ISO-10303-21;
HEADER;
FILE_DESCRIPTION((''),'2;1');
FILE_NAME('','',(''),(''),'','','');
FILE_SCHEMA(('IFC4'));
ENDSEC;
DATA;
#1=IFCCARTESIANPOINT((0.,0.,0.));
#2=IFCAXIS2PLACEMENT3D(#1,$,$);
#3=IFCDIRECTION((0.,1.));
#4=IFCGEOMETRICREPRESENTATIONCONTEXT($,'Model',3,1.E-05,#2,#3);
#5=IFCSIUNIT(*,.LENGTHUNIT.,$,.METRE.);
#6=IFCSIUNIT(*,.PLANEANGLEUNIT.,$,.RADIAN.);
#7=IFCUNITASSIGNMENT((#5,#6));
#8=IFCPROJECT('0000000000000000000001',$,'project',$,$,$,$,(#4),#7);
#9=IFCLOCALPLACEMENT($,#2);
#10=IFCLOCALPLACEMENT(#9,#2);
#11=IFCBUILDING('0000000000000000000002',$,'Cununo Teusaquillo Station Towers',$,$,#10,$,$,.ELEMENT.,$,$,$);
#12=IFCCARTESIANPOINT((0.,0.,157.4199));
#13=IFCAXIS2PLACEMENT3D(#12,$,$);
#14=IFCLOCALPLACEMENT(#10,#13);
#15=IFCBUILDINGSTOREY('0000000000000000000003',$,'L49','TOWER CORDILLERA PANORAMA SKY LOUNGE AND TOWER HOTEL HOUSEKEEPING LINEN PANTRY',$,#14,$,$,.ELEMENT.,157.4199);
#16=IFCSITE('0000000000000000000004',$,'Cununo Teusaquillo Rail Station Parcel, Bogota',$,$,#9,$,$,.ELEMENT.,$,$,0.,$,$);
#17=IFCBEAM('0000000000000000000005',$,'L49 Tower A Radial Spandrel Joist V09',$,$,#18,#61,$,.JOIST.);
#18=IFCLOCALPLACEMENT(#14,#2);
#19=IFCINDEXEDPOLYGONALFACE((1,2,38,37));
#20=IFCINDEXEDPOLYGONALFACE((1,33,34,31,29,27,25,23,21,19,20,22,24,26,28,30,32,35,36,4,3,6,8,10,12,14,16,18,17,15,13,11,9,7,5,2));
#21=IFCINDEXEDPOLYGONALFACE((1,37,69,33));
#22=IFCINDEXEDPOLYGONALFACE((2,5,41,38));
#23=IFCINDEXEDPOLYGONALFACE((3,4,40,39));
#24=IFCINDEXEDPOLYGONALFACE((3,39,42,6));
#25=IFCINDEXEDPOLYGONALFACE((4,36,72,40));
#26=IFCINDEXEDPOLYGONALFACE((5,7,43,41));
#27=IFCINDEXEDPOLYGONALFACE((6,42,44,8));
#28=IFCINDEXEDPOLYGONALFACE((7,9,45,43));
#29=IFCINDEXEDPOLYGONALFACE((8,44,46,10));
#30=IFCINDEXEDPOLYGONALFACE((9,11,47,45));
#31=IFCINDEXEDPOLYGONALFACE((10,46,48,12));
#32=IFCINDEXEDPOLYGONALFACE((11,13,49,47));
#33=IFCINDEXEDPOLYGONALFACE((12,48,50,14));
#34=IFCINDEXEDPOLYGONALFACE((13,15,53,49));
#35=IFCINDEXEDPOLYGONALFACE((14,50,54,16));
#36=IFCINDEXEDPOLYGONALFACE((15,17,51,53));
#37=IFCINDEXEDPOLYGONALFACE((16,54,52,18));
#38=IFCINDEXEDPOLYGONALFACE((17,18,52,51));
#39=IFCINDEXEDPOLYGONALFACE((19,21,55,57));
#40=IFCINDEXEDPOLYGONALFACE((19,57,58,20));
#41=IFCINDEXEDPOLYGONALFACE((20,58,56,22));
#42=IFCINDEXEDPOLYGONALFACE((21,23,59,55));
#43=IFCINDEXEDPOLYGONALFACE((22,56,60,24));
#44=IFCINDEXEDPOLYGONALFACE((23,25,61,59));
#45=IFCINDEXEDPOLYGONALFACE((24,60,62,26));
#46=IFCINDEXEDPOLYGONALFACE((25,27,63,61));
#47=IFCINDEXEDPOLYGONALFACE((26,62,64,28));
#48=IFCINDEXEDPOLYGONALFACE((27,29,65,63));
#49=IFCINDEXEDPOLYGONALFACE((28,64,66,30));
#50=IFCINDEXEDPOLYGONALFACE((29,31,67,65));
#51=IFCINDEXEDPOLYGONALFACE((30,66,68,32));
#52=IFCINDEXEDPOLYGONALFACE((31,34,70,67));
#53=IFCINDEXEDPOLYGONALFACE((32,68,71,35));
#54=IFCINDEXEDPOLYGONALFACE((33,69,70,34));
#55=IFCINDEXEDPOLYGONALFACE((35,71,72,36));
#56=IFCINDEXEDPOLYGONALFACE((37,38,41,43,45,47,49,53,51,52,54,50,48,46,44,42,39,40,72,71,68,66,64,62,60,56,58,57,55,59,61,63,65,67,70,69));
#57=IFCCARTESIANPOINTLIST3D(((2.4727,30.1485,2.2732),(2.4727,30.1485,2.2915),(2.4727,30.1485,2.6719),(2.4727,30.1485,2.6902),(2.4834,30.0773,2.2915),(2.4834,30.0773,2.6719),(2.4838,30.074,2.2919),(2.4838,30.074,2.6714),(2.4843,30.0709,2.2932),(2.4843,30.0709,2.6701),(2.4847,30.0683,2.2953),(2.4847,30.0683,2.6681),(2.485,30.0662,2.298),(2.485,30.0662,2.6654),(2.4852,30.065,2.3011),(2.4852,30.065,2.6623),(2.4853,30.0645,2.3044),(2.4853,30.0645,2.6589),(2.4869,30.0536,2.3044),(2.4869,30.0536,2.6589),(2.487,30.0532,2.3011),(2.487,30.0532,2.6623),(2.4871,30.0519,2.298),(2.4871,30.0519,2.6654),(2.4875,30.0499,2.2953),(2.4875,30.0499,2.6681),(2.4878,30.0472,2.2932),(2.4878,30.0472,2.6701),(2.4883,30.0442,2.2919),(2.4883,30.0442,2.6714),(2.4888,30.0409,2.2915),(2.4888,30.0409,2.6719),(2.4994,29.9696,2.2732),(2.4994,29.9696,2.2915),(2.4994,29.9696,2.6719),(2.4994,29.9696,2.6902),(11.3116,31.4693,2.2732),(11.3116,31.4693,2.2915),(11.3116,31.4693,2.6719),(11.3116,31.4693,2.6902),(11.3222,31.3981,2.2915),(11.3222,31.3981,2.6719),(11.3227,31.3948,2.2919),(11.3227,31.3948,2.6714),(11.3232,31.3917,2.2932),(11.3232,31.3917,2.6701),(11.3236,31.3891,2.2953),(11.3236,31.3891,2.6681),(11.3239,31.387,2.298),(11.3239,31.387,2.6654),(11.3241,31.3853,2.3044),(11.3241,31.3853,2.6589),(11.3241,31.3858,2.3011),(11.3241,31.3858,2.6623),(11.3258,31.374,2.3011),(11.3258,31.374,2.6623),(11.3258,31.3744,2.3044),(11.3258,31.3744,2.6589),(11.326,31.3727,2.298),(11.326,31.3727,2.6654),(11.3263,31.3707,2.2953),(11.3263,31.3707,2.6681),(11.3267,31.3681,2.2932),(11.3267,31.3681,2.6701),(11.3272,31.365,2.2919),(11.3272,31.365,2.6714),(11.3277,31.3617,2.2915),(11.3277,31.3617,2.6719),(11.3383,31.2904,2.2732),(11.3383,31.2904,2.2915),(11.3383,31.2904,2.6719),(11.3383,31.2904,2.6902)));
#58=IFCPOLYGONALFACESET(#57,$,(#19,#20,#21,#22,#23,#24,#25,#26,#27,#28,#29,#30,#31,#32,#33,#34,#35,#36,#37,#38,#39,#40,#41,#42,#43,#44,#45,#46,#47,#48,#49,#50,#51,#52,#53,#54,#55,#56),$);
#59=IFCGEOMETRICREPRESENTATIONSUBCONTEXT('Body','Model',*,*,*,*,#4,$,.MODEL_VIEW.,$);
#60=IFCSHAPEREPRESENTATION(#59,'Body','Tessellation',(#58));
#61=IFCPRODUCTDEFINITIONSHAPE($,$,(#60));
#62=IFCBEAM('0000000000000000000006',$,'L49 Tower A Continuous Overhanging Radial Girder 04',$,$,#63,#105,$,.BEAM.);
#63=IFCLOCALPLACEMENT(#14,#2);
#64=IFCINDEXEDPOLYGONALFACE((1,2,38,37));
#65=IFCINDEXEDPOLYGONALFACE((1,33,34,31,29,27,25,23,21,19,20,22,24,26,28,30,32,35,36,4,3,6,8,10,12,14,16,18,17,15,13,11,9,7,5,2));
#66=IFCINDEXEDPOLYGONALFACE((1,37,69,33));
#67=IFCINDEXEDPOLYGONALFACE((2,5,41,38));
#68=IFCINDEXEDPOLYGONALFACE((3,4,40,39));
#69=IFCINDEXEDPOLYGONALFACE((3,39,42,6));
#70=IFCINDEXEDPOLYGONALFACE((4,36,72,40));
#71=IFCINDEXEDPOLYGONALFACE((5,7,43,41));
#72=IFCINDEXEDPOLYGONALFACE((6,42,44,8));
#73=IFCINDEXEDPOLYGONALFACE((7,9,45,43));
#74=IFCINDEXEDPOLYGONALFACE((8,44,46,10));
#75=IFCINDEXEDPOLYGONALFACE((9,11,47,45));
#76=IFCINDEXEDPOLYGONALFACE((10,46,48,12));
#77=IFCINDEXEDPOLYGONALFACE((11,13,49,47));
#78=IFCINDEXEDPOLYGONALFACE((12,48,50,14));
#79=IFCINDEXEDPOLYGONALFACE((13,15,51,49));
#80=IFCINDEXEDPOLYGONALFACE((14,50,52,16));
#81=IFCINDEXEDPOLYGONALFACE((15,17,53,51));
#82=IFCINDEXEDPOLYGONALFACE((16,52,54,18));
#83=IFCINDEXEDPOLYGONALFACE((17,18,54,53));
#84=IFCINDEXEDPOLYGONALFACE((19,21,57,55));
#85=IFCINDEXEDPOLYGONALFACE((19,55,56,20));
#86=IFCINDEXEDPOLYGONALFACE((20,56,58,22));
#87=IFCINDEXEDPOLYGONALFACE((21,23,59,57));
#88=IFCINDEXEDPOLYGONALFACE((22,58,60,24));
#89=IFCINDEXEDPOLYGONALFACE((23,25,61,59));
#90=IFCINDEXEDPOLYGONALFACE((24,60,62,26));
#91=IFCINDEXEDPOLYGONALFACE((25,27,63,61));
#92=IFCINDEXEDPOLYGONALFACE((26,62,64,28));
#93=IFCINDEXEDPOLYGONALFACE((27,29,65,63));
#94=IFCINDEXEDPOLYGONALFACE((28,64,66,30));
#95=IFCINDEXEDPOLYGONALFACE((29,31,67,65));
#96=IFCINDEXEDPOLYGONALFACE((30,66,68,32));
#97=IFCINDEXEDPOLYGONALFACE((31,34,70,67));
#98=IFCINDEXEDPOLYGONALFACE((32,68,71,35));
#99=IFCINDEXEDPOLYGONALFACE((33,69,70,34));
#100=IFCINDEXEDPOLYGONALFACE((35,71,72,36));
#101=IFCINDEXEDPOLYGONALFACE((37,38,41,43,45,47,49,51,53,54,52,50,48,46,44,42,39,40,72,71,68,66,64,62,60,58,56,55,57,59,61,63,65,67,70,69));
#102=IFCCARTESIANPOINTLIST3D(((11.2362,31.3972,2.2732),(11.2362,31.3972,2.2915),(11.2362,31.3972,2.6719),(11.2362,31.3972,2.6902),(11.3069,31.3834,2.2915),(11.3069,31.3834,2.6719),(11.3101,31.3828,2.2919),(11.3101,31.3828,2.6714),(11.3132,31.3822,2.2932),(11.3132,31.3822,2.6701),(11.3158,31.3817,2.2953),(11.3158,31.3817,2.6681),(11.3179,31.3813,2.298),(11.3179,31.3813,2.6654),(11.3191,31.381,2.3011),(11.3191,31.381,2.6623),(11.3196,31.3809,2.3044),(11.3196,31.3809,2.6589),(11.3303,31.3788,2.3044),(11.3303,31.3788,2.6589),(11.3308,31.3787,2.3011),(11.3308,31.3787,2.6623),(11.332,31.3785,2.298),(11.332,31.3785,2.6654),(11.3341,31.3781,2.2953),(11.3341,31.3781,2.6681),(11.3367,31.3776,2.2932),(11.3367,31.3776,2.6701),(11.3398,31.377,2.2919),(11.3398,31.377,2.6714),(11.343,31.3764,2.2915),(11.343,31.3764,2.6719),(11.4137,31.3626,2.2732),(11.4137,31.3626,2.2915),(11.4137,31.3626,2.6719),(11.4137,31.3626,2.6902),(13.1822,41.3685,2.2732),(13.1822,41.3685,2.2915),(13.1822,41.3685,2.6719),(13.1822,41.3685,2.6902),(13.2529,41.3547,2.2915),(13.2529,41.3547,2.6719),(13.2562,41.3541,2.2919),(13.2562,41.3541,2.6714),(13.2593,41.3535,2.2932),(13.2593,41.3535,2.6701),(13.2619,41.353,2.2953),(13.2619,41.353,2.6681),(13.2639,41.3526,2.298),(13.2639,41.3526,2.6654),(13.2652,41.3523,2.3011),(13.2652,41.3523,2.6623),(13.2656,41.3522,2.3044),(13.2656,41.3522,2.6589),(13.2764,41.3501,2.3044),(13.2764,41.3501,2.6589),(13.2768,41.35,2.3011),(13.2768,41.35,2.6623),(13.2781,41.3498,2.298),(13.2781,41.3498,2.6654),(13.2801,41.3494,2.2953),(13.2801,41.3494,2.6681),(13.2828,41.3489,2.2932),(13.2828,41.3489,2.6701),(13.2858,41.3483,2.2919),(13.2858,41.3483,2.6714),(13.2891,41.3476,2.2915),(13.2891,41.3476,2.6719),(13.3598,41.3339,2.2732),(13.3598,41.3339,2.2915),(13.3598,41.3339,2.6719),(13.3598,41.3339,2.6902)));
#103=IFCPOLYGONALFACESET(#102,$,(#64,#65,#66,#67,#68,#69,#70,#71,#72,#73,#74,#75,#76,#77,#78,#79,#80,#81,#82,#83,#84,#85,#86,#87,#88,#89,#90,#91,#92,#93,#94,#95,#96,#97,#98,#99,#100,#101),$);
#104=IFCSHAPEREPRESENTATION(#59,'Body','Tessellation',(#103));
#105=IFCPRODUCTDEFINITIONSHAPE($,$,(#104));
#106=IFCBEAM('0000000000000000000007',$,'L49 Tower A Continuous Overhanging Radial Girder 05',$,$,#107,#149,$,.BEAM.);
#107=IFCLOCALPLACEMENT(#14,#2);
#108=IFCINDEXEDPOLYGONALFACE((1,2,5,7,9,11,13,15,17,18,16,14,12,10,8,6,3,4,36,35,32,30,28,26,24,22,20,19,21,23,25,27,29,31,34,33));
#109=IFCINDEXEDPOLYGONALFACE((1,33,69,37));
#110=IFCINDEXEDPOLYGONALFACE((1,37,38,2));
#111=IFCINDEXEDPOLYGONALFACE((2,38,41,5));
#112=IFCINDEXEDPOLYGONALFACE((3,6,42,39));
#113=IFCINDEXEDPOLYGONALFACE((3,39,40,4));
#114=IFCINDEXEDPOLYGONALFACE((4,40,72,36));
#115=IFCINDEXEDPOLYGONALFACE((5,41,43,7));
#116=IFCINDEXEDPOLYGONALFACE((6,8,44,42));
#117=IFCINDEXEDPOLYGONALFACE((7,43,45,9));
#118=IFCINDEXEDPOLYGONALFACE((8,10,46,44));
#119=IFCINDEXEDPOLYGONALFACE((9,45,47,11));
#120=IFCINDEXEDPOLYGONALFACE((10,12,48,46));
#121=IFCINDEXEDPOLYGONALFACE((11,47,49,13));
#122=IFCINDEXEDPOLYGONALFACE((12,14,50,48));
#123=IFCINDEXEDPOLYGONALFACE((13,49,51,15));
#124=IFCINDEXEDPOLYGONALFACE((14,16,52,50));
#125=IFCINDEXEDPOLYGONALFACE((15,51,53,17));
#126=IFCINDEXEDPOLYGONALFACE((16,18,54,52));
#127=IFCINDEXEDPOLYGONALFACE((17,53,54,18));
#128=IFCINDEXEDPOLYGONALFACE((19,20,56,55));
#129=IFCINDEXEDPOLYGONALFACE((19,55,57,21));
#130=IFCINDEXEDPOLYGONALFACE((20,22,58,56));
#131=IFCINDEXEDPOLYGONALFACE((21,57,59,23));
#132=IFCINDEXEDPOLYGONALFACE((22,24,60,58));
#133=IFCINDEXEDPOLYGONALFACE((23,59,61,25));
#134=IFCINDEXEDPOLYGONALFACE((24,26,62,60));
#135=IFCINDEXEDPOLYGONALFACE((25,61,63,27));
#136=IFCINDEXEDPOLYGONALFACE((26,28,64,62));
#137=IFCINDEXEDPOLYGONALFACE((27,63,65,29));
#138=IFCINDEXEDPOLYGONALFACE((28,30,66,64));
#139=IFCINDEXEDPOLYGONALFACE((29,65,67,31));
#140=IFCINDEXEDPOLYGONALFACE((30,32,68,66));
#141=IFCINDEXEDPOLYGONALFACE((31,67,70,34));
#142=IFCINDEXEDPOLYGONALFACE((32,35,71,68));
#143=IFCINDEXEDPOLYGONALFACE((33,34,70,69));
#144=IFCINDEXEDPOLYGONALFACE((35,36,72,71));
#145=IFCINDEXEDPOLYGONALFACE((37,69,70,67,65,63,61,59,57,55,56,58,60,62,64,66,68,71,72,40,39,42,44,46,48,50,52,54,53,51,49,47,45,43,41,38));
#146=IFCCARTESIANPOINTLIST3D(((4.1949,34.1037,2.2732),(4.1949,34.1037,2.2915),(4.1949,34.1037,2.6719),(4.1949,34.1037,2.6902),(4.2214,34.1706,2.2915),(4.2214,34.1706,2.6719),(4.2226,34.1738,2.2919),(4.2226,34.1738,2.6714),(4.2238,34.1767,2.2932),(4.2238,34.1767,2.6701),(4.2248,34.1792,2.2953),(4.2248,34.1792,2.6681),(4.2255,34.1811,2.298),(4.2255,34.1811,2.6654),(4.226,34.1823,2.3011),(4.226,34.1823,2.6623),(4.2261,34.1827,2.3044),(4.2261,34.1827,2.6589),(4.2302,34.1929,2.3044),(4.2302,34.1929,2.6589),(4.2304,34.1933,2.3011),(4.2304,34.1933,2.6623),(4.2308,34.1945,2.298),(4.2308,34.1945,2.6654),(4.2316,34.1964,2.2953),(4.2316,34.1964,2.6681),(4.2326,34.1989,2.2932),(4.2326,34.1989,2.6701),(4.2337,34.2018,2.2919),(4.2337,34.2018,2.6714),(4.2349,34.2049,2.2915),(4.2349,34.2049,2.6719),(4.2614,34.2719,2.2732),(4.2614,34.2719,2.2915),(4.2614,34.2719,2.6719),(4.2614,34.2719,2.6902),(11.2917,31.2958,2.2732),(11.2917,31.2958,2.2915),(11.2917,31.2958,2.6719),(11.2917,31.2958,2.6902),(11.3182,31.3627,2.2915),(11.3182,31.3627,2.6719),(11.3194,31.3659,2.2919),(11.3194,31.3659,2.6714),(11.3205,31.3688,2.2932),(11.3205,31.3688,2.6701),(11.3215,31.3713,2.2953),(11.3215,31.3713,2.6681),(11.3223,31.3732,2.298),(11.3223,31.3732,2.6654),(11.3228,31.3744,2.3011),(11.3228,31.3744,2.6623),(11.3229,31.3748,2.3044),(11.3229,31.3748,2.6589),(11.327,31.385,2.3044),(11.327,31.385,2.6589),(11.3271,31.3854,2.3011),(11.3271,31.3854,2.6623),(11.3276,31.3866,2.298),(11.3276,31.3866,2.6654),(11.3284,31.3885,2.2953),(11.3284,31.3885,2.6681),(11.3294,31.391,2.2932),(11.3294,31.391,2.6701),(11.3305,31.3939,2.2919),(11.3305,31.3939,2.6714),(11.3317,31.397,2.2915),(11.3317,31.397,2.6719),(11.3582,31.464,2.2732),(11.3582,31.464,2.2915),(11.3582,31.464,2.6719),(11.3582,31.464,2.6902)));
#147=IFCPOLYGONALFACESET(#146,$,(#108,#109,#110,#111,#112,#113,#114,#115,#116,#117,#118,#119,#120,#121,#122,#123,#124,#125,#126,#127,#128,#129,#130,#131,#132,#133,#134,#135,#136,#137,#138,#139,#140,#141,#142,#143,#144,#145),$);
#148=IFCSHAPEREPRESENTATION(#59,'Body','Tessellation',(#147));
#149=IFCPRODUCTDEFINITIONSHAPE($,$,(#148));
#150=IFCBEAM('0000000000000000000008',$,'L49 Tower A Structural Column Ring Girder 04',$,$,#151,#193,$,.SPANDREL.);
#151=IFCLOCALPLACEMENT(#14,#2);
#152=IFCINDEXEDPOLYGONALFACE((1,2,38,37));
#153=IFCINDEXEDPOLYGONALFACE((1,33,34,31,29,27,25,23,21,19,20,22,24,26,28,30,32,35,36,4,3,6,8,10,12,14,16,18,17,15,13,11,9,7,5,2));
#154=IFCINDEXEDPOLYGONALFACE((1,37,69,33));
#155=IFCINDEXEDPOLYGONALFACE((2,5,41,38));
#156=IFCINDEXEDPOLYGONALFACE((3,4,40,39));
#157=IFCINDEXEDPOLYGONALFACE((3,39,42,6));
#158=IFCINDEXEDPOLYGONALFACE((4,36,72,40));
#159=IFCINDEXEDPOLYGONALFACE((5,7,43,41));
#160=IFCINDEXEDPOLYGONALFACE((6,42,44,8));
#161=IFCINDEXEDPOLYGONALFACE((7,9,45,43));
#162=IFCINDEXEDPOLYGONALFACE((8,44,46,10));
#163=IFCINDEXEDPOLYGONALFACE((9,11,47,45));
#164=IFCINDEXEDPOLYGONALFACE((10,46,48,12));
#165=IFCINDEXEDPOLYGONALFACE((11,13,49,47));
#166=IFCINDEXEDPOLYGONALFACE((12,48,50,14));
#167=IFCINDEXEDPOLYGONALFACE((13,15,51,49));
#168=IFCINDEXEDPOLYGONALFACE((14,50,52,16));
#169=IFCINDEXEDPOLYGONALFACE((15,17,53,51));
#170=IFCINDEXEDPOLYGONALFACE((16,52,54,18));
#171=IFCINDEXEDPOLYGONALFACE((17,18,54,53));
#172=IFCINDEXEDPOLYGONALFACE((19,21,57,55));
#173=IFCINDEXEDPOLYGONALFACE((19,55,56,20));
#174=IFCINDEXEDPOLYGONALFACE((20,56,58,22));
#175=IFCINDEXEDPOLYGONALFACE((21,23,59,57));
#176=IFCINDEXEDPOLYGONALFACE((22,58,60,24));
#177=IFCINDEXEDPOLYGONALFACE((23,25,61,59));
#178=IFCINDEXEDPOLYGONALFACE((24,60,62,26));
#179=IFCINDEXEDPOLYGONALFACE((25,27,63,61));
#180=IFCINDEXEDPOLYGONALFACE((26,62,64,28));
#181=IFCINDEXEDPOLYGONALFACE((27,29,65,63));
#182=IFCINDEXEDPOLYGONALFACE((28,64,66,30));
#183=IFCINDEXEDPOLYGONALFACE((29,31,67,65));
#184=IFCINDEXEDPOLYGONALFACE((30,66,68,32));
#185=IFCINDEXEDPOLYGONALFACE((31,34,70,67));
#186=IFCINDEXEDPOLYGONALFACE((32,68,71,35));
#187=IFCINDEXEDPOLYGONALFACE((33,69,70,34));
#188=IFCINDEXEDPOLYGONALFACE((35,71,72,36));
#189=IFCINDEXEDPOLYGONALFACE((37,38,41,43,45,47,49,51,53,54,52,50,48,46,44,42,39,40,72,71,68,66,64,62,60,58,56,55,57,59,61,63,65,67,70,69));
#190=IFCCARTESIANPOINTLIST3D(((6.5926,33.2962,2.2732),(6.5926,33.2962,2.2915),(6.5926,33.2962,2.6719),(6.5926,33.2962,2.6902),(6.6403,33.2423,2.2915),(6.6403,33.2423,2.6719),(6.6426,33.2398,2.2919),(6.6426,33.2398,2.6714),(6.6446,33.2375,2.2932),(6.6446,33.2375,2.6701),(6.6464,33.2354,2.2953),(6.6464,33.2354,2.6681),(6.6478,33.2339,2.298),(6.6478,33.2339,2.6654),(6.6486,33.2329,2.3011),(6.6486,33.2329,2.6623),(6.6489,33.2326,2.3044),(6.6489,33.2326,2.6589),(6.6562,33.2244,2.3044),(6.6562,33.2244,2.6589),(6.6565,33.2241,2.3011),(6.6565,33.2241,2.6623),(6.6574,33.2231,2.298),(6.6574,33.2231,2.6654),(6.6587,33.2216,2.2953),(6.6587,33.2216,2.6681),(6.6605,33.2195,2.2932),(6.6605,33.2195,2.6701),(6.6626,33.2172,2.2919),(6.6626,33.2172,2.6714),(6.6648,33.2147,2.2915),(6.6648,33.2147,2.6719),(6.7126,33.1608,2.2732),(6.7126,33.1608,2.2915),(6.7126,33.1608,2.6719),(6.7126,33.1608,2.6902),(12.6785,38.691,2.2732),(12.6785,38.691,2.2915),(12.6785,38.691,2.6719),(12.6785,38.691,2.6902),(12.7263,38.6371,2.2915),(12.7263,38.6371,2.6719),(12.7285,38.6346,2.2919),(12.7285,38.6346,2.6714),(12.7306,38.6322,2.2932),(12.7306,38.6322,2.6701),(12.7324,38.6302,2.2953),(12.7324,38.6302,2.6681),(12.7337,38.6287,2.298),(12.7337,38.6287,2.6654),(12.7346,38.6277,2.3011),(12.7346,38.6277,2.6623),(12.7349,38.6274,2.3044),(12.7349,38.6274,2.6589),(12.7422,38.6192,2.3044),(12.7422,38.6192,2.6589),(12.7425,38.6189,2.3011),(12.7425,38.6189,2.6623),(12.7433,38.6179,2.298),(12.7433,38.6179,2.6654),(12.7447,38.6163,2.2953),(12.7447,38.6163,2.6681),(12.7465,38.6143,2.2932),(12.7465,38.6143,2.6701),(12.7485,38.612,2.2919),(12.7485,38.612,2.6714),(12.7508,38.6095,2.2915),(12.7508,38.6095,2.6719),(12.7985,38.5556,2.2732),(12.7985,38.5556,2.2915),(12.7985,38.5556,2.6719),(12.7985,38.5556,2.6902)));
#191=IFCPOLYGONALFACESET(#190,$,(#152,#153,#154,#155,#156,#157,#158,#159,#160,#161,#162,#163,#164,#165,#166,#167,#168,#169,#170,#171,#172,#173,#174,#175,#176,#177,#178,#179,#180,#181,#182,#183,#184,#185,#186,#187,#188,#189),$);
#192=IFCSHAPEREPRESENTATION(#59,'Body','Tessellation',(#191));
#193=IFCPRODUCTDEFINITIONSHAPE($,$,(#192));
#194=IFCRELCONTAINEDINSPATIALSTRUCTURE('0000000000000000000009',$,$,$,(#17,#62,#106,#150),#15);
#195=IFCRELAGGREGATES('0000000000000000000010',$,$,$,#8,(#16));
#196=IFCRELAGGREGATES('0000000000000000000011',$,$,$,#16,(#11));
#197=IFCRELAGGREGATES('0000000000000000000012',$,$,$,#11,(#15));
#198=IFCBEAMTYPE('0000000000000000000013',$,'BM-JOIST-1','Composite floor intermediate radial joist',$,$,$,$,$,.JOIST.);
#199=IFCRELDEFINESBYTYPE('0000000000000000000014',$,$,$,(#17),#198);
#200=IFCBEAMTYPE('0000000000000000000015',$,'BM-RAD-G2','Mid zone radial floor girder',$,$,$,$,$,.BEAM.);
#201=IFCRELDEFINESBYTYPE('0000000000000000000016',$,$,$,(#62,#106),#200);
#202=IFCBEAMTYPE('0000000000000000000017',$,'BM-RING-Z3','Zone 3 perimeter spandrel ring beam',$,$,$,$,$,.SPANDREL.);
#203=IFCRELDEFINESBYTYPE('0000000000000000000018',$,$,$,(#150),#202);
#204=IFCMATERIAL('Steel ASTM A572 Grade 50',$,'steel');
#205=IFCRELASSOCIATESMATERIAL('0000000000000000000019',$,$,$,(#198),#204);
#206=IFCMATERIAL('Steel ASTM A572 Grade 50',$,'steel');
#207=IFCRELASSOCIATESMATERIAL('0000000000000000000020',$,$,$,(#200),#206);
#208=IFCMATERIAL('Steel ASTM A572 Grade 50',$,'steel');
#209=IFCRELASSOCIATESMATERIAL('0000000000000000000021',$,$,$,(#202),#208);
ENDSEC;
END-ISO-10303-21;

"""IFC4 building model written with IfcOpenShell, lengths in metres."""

from ifc_helpers import new_model, si_unit, direction, frame, origin, origin_2d, place, context, subcontext, project, spatial, i_section, extrude, material, material_profile, profile_set, type_object, element, save


model = new_model("IFC4")

# Units and contexts
model_context = context("Model", 3, precision=1e-05, world=origin(), true_north=direction((0.0, 1.0)))
body_context = subcontext(model_context, "Body", "Model", "MODEL_VIEW")
ifc_project = project(units=[si_unit("LENGTHUNIT", "METRE"), si_unit("PLANEANGLEUNIT", "RADIAN")], contexts=[model_context])

# Site, building, storey
site_placement = place(None, origin())
site = spatial("IfcSite", under=ifc_project, at=site_placement, Name="Cununo Teusaquillo Rail Station Parcel, Bogota", CompositionType="ELEMENT", RefElevation=0.0)
building_placement = place(site_placement, origin())
building = spatial("IfcBuilding", under=site, at=building_placement, Name="Cununo Teusaquillo Station Towers", CompositionType="ELEMENT")
storey_placement = place(building_placement, frame((0.0, 0.0, 157.4199)))
storey = spatial("IfcBuildingStorey", under=building, at=storey_placement, Name="L49", Description="TOWER CORDILLERA PANORAMA SKY LOUNGE AND TOWER HOTEL HOUSEKEEPING LINEN PANTRY", CompositionType="ELEMENT", Elevation=157.4199)

# Beams
ifc_material_1 = material(Name="Steel ASTM A572 Grade 50", Category="steel")
ifc_material_profile_1 = material_profile(ifc_material_1, i_section(OverallWidth=0.1809, OverallDepth=0.417, WebThickness=0.011, FlangeThickness=0.0183, FilletRadius=0.0129, at=origin_2d()), Name="W16X57")
ifc_profile_set_1 = profile_set([ifc_material_profile_1], Name="Steel ASTM A572 Grade 50")
beam_type_1 = type_object("IfcBeamType", Name="BM-JOIST-1", Description="Composite floor intermediate radial joist", PredefinedType="JOIST", material=ifc_profile_set_1)
beam_1_placement = place(storey_placement, frame((11.325, 31.3799, 2.4817), z_axis=(-0.989019, -0.14779, 0.0), x_axis=(0.14779, -0.989019, 0.0)))
element("IfcBeam", 1, at=beam_1_placement, inside=storey, type_object=beam_type_1, Name="L49 Tower A Radial Spandrel Joist V09", PredefinedType="JOIST", context=body_context, shape_type="SweptSolid", body=[
    extrude(i_section(OverallWidth=0.1809, OverallDepth=0.417, WebThickness=0.011, FlangeThickness=0.0183, FilletRadius=0.0129, at=origin_2d()), origin(), (0.0, 0.0, 1.0), 8.937),
])
ifc_material_2 = material(Name="Steel ASTM A572 Grade 50", Category="steel")
ifc_material_profile_2 = material_profile(ifc_material_2, i_section(OverallWidth=0.1809, OverallDepth=0.417, WebThickness=0.011, FlangeThickness=0.0183, FilletRadius=0.0129, at=origin_2d()), Name="W16X57")
ifc_profile_set_2 = profile_set([ifc_material_profile_2], Name="Steel ASTM A572 Grade 50")
beam_type_2 = type_object("IfcBeamType", Name="BM-RAD-G2", Description="Mid zone radial floor girder", PredefinedType="BEAM", material=ifc_profile_set_2)
beam_2_placement = place(storey_placement, frame((11.325, 31.3799, 2.4817), z_axis=(0.191553, 0.981482, 0.0), x_axis=(-0.981482, 0.191553, 0.0)))
element("IfcBeam", 2, at=beam_2_placement, inside=storey, type_object=beam_type_2, Name="L49 Tower A Continuous Overhanging Radial Girder 04", PredefinedType="BEAM", context=body_context, shape_type="SweptSolid", body=[
    extrude(i_section(OverallWidth=0.1809, OverallDepth=0.417, WebThickness=0.011, FlangeThickness=0.0183, FilletRadius=0.0129, at=origin_2d()), origin(), (0.0, 0.0, 1.0), 10.1594),
])
beam_3_placement = place(storey_placement, frame((11.325, 31.3799, 2.4817), z_axis=(-0.929862, 0.367908, 0.0), x_axis=(-0.367908, -0.929862, 0.0)))
element("IfcBeam", 3, at=beam_3_placement, inside=storey, type_object=beam_type_2, Name="L49 Tower A Continuous Overhanging Radial Girder 05", PredefinedType="BEAM", context=body_context, shape_type="SweptSolid", body=[
    extrude(i_section(OverallWidth=0.1809, OverallDepth=0.417, WebThickness=0.011, FlangeThickness=0.0183, FilletRadius=0.0129, at=origin_2d()), origin(), (0.0, 0.0, 1.0), 7.6321),
])
ifc_material_3 = material(Name="Steel ASTM A572 Grade 50", Category="steel")
ifc_material_profile_3 = material_profile(ifc_material_3, i_section(OverallWidth=0.1809, OverallDepth=0.417, WebThickness=0.011, FlangeThickness=0.0183, FilletRadius=0.0129, at=origin_2d()), Name="W16X57")
ifc_profile_set_3 = profile_set([ifc_material_profile_3], Name="Steel ASTM A572 Grade 50")
beam_type_3 = type_object("IfcBeamType", Name="BM-RING-Z3", Description="Zone 3 perimeter spandrel ring beam", PredefinedType="SPANDREL", material=ifc_profile_set_3)
beam_4_placement = place(storey_placement, frame((12.7385, 38.6233, 2.4817), z_axis=(-0.748321, -0.663337, 0.0), x_axis=(0.663337, -0.748321, 0.0)))
element("IfcBeam", 4, at=beam_4_placement, inside=storey, type_object=beam_type_3, Name="L49 Tower A Structural Column Ring Girder 04", PredefinedType="SPANDREL", context=body_context, shape_type="SweptSolid", body=[
    extrude(i_section(OverallWidth=0.1809, OverallDepth=0.417, WebThickness=0.011, FlangeThickness=0.0183, FilletRadius=0.0129, at=origin_2d()), origin(), (0.0, 0.0, 1.0), 8.1328),
])

save(model, "model.ifc")
